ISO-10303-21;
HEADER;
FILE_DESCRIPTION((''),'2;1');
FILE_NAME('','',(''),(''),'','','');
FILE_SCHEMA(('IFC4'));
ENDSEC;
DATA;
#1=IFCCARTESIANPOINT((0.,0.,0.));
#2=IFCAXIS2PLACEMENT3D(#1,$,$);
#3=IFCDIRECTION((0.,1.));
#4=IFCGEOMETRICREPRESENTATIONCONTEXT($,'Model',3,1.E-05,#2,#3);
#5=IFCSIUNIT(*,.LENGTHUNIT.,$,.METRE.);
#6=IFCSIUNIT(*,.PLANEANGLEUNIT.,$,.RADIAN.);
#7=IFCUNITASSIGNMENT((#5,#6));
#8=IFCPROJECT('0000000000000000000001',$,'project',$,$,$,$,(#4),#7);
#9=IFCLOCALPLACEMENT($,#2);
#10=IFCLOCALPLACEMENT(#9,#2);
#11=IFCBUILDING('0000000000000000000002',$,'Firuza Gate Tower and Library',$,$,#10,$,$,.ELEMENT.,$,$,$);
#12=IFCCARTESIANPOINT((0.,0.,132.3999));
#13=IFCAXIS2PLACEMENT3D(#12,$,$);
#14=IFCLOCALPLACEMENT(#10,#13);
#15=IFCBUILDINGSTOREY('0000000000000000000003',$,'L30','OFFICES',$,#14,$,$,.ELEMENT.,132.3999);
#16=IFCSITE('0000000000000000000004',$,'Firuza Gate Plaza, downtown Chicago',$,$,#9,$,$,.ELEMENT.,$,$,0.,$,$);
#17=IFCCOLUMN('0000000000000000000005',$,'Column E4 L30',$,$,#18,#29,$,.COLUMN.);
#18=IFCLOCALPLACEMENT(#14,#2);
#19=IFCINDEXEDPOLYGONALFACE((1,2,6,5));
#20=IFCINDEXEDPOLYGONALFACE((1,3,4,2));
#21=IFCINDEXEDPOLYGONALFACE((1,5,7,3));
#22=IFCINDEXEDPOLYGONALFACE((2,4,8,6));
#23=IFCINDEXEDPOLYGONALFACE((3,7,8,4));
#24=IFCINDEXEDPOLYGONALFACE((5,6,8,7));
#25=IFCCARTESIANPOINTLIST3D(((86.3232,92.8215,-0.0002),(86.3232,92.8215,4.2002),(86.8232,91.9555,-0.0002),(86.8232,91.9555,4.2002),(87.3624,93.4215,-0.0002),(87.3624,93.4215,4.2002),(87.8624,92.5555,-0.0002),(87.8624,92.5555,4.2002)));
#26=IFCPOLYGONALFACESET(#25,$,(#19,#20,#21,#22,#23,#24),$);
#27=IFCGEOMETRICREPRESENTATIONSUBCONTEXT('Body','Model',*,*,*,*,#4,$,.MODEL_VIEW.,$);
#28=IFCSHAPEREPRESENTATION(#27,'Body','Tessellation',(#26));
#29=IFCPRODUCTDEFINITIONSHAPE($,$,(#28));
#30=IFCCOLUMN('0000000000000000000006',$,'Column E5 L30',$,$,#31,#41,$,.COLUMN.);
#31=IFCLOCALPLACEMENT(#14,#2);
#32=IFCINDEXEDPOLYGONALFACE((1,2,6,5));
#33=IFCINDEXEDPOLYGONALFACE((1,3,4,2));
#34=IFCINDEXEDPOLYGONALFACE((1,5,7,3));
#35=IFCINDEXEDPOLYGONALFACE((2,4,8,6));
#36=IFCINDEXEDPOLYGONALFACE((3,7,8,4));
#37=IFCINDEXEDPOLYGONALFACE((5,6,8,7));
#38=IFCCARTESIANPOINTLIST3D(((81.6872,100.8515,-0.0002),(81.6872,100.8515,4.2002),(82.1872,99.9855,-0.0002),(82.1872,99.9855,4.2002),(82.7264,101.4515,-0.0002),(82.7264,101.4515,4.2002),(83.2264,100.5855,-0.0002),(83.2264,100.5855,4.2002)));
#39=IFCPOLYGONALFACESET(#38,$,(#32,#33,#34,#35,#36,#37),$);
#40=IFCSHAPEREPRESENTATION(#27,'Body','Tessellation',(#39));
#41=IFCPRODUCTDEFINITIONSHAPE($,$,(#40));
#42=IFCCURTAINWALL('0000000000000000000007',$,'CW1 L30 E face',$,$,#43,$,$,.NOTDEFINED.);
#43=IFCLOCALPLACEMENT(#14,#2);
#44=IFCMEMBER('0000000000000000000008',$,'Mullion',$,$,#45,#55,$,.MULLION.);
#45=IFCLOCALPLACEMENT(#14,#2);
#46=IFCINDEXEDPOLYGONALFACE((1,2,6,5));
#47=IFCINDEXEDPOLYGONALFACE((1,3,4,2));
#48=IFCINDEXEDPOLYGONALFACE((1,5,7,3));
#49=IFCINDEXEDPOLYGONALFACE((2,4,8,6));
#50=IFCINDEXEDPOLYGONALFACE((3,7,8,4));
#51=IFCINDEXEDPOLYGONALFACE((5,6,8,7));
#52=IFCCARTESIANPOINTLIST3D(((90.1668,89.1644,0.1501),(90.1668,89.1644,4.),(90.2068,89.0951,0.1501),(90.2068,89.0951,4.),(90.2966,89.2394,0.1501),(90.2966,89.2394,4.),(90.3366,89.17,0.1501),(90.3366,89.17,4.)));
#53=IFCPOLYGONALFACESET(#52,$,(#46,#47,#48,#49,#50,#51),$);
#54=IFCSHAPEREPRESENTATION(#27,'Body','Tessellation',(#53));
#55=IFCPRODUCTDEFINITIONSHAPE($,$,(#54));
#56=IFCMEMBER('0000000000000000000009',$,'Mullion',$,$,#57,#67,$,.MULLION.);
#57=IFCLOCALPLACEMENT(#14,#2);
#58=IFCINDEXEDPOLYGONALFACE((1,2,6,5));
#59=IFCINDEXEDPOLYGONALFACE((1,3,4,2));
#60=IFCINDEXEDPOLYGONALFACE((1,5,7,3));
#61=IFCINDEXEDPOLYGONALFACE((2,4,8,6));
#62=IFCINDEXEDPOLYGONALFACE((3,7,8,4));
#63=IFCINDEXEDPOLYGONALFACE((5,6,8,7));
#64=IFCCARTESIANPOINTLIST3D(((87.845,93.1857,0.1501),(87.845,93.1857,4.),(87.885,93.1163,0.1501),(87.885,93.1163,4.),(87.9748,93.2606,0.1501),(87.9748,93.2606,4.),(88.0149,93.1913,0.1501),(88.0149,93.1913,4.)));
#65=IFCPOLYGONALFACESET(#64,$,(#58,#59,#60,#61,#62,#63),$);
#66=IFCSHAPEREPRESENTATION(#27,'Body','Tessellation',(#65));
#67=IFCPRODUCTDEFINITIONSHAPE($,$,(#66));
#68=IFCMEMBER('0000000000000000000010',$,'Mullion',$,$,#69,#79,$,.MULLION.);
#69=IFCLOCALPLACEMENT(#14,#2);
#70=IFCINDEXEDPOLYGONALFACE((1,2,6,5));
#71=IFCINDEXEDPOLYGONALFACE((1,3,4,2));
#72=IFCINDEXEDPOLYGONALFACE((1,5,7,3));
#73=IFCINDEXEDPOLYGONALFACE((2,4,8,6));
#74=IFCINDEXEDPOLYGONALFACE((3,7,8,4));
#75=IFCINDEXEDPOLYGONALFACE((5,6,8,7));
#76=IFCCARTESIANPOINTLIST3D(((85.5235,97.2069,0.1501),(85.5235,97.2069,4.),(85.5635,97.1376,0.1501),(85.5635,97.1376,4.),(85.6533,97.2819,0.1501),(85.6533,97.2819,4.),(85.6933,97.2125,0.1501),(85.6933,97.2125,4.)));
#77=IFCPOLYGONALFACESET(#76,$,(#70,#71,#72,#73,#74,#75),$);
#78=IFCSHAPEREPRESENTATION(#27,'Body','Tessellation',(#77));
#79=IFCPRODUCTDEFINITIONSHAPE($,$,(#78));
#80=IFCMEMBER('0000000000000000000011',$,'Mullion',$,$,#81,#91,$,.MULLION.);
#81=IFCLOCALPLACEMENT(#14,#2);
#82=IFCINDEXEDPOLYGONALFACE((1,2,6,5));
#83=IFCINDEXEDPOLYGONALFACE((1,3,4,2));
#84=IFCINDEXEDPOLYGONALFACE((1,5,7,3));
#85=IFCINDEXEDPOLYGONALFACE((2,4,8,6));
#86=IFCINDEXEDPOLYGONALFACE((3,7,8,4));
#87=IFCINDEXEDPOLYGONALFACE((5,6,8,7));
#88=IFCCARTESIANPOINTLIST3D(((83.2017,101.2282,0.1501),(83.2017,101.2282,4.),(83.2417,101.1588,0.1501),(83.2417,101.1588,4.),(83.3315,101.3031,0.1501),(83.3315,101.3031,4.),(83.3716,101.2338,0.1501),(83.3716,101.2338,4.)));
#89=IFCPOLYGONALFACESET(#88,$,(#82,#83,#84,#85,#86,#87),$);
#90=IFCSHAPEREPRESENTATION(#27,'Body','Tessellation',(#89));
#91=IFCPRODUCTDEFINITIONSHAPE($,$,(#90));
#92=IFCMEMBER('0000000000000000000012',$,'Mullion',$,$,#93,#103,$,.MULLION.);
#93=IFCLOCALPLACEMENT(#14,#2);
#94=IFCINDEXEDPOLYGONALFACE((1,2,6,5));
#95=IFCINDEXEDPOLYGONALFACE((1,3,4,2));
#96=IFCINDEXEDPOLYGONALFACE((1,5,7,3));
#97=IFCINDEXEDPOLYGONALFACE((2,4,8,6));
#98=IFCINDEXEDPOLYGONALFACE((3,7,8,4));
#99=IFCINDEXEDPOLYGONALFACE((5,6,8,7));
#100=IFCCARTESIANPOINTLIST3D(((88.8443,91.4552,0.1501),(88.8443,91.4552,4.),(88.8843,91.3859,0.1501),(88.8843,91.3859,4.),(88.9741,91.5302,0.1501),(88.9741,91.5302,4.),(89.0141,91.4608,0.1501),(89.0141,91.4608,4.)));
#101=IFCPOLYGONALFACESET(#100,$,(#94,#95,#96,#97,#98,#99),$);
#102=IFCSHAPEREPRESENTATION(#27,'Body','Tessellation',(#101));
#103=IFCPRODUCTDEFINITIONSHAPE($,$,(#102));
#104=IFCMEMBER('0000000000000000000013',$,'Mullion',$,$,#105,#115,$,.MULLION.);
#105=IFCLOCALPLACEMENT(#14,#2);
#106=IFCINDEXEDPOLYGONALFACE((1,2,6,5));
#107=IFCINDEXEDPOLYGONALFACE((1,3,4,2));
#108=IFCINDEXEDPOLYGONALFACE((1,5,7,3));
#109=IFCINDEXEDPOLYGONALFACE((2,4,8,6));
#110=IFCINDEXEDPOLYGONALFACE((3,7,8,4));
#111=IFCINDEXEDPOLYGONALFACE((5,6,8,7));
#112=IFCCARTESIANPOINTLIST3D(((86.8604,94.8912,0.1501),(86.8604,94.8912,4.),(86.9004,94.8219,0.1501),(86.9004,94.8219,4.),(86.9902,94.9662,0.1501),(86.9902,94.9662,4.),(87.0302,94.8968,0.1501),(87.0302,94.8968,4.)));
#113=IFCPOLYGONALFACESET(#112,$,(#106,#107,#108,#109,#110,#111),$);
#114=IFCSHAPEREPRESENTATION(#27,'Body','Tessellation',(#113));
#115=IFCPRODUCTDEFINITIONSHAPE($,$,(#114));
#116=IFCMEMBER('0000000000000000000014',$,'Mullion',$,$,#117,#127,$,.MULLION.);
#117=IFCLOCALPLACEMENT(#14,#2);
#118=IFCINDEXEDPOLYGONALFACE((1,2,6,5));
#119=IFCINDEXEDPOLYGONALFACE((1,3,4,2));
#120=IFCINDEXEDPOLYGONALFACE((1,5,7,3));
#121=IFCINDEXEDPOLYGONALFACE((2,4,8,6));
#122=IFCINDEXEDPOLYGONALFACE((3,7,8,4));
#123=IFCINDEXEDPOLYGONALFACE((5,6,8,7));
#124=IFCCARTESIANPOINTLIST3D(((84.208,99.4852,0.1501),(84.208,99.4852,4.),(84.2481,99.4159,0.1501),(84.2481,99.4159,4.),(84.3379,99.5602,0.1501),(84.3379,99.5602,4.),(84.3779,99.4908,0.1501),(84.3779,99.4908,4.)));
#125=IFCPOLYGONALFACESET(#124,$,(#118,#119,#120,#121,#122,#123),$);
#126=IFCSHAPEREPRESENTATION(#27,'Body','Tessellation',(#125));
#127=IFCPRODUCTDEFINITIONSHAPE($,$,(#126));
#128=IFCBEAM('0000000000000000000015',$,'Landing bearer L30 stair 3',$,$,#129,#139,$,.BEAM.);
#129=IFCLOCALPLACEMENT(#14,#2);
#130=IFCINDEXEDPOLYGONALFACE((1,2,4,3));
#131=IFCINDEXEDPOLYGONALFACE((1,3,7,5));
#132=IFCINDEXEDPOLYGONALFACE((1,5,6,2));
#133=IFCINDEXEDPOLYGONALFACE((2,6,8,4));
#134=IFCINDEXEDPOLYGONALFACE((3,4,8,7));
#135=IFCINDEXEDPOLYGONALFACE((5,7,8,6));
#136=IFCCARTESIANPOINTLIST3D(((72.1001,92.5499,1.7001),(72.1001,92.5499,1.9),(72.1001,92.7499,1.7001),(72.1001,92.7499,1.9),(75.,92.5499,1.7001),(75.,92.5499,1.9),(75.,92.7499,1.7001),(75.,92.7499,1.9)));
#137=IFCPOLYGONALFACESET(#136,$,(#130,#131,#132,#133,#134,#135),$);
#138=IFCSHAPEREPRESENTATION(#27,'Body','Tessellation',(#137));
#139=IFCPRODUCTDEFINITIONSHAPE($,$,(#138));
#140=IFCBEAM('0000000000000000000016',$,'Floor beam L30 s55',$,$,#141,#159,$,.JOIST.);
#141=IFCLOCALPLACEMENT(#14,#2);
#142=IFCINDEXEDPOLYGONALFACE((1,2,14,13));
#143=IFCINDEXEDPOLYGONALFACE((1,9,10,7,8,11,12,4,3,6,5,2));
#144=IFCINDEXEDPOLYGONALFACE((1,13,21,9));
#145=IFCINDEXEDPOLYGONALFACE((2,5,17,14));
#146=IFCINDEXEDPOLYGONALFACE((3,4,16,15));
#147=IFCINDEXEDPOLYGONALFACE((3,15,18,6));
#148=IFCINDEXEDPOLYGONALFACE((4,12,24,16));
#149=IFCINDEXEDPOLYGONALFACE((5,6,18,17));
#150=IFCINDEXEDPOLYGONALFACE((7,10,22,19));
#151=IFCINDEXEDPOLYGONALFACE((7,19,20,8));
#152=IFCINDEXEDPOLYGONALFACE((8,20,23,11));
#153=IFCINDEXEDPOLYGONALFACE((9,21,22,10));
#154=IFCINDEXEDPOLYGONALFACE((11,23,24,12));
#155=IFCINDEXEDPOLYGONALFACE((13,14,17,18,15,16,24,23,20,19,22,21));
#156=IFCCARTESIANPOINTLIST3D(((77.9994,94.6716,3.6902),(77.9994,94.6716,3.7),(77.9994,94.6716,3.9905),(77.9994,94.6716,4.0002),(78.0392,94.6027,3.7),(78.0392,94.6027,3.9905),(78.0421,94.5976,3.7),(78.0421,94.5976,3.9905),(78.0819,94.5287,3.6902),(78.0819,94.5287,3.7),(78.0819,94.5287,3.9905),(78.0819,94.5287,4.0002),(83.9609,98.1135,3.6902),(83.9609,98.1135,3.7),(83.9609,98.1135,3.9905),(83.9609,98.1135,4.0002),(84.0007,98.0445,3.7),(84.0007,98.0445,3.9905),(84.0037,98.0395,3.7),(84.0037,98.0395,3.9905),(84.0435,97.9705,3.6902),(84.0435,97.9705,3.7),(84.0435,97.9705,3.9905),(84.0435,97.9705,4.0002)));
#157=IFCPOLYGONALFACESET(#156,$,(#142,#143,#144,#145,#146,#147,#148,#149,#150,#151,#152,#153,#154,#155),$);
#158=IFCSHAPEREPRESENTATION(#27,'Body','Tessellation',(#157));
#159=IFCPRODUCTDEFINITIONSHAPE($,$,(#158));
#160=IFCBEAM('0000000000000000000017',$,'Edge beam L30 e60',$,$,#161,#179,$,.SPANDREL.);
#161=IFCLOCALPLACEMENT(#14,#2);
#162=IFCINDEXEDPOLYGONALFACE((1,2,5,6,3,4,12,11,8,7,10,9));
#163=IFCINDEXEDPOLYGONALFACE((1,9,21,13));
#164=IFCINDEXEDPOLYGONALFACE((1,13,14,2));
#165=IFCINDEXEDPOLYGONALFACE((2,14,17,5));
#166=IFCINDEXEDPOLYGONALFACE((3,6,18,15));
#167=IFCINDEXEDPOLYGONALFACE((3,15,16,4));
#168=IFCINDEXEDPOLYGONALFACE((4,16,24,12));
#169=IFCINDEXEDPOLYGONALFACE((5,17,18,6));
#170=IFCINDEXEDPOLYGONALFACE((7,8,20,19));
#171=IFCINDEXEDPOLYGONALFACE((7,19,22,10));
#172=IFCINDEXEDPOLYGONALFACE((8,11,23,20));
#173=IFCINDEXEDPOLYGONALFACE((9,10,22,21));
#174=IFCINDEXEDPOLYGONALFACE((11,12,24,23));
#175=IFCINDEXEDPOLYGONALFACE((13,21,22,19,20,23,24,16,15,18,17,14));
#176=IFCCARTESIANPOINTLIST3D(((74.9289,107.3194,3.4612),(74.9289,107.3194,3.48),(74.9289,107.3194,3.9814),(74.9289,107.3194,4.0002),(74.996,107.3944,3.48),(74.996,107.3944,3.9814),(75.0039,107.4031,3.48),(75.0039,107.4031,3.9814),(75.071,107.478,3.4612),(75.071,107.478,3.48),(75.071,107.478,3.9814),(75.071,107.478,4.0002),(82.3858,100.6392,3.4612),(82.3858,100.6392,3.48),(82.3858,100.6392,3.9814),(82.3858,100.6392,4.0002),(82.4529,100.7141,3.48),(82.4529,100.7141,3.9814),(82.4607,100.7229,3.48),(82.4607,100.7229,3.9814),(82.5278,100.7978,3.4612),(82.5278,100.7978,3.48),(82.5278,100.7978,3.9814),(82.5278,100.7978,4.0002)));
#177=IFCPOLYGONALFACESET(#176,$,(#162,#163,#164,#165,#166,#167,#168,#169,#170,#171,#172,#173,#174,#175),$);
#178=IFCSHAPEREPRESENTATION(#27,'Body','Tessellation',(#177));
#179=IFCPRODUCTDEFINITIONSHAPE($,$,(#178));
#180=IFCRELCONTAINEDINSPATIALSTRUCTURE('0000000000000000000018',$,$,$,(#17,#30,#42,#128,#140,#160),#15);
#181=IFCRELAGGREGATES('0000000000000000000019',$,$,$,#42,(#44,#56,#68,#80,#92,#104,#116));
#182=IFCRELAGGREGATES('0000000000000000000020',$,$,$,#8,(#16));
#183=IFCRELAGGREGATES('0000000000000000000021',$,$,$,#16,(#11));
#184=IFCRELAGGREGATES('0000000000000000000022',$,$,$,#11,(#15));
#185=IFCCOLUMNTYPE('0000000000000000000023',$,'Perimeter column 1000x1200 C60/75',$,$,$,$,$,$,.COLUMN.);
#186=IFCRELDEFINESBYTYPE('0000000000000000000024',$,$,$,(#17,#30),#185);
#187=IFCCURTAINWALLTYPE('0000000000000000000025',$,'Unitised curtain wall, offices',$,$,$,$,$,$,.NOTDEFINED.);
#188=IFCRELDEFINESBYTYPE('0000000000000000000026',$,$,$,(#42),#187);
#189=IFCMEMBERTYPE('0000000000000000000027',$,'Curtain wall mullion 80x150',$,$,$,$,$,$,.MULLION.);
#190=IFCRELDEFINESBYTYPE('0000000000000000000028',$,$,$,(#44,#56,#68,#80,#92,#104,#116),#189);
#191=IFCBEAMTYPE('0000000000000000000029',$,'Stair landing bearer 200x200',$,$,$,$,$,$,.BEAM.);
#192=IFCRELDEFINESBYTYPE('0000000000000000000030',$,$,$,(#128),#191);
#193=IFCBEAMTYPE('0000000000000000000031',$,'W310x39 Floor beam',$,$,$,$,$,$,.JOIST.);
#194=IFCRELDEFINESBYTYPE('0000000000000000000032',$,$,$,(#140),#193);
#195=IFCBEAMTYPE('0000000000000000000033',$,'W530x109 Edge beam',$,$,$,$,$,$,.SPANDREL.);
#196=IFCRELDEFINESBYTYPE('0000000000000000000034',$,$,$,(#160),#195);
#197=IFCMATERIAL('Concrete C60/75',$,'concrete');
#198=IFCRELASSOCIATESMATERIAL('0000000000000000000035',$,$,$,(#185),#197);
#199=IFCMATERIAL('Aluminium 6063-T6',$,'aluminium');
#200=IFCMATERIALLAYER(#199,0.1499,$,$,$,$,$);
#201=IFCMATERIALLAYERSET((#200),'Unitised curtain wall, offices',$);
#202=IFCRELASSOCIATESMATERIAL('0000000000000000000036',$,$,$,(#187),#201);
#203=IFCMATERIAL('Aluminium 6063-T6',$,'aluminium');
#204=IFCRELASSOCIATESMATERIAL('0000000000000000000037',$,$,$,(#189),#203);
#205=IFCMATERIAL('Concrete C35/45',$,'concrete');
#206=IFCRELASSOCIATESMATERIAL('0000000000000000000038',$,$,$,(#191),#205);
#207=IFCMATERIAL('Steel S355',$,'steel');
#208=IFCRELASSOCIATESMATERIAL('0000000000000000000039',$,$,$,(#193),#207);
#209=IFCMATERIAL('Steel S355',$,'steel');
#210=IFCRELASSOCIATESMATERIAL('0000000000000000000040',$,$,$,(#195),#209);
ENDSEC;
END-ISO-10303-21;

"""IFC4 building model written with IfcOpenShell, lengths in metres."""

from ifc_helpers import new_model, si_unit, direction, frame, origin, origin_2d, place, context, subcontext, project, spatial, rectangle, i_section, extrude, material, layer, layer_set, material_profile, profile_set, type_object, element, aggregate, save


model = new_model("IFC4")

# Units and contexts
model_context = context("Model", 3, precision=1e-05, world=origin(), true_north=direction((0.0, 1.0)))
body_context = subcontext(model_context, "Body", "Model", "MODEL_VIEW")
ifc_project = project(units=[si_unit("LENGTHUNIT", "METRE"), si_unit("PLANEANGLEUNIT", "RADIAN")], contexts=[model_context])

# Site, building, storey
site_placement = place(None, origin())
site = spatial("IfcSite", under=ifc_project, at=site_placement, Name="Firuza Gate Plaza, downtown Chicago", CompositionType="ELEMENT", RefElevation=0.0)
building_placement = place(site_placement, origin())
building = spatial("IfcBuilding", under=site, at=building_placement, Name="Firuza Gate Tower and Library", CompositionType="ELEMENT")
storey_placement = place(building_placement, frame((0.0, 0.0, 132.3999)))
storey = spatial("IfcBuildingStorey", under=building, at=storey_placement, Name="L30", Description="OFFICES", CompositionType="ELEMENT", Elevation=132.3999)

# Columns
ifc_material_1 = material(Name="Concrete C60/75", Category="concrete")
ifc_material_profile_1 = material_profile(ifc_material_1, rectangle(XDim=1.0, YDim=1.2, at=origin_2d()))
ifc_profile_set_1 = profile_set([ifc_material_profile_1], Name="Concrete C60/75")
column_type = type_object("IfcColumnType", Name="Perimeter column 1000x1200 C60/75", PredefinedType="COLUMN", material=ifc_profile_set_1)
for number, where, z_axis, x_axis, name in (
    (1, (87.0928, 92.6885, -0.0002), (0.0, 0.0, 1.0), (-0.5, 0.866025, 0.0), "Column E4 L30"),
    (2, (82.4568, 100.7185, -0.0002), (0.0, 0.0, 1.0), (-0.5, 0.866025, 0.0), "Column E5 L30"),
):
    element("IfcColumn", number, at=place(storey_placement, frame(where, z_axis=z_axis, x_axis=x_axis)), inside=storey, type_object=column_type, Name=name, PredefinedType="COLUMN", context=body_context, shape_type="SweptSolid", body=[
        extrude(rectangle(XDim=1.0, YDim=1.2, at=origin_2d()), origin(), (0.0, 0.0, 1.0), 4.2004),
    ])

# Curtain wall, members
ifc_material_2 = material(Name="Aluminium 6063-T6", Category="aluminium")
ifc_layer_1 = layer(ifc_material_2, 0.1499)
ifc_layer_set_1 = layer_set([ifc_layer_1], Name="Unitised curtain wall, offices")
curtain_wall_type = type_object("IfcCurtainWallType", Name="Unitised curtain wall, offices", PredefinedType="NOTDEFINED", material=ifc_layer_set_1)
curtain_wall_placement = place(storey_placement, origin())
curtain_wall = element("IfcCurtainWall", 3, at=curtain_wall_placement, inside=storey, type_object=curtain_wall_type, Name="CW1 L30 E face", PredefinedType="NOTDEFINED")
ifc_material_3 = material(Name="Aluminium 6063-T6", Category="aluminium")
ifc_material_profile_2 = material_profile(ifc_material_3, rectangle(XDim=0.1499, YDim=0.0801, at=origin_2d()))
ifc_profile_set_2 = profile_set([ifc_material_profile_2], Name="Aluminium 6063-T6")
member_type = type_object("IfcMemberType", Name="Curtain wall mullion 80x150", PredefinedType="MULLION", material=ifc_profile_set_2)
member_1_placement = place(storey_placement, frame((90.2517, 89.1672, 0.1501), z_axis=(0.0, 0.0, 1.0), x_axis=(-0.866025, -0.5, 0.0)))
member_1 = element("IfcMember", 4, at=member_1_placement, type_object=member_type, Name="Mullion", PredefinedType="MULLION", context=body_context, shape_type="SweptSolid", body=[
    extrude(rectangle(XDim=0.1499, YDim=0.0801, at=origin_2d()), origin(), (0.0, 0.0, 1.0), 3.8499),
])
member_2_placement = place(storey_placement, frame((87.9299, 93.1885, 0.1501), z_axis=(0.0, 0.0, 1.0), x_axis=(-0.866025, -0.5, 0.0)))
member_2 = element("IfcMember", 5, at=member_2_placement, type_object=member_type, Name="Mullion", PredefinedType="MULLION", context=body_context, shape_type="SweptSolid", body=[
    extrude(rectangle(XDim=0.1499, YDim=0.0801, at=origin_2d()), origin(), (0.0, 0.0, 1.0), 3.8499),
])
member_3_placement = place(storey_placement, frame((85.6084, 97.2097, 0.1501), z_axis=(0.0, 0.0, 1.0), x_axis=(-0.866025, -0.5, 0.0)))
member_3 = element("IfcMember", 6, at=member_3_placement, type_object=member_type, Name="Mullion", PredefinedType="MULLION", context=body_context, shape_type="SweptSolid", body=[
    extrude(rectangle(XDim=0.1499, YDim=0.0801, at=origin_2d()), origin(), (0.0, 0.0, 1.0), 3.8499),
])
member_4_placement = place(storey_placement, frame((83.2866, 101.231, 0.1501), z_axis=(0.0, 0.0, 1.0), x_axis=(-0.866025, -0.5, 0.0)))
member_4 = element("IfcMember", 7, at=member_4_placement, type_object=member_type, Name="Mullion", PredefinedType="MULLION", context=body_context, shape_type="SweptSolid", body=[
    extrude(rectangle(XDim=0.1499, YDim=0.0801, at=origin_2d()), origin(), (0.0, 0.0, 1.0), 3.8499),
])
member_5_placement = place(storey_placement, frame((88.9292, 91.458, 0.1501), z_axis=(0.0, 0.0, 1.0), x_axis=(-0.866025, -0.5, 0.0)))
member_5 = element("IfcMember", 8, at=member_5_placement, type_object=member_type, Name="Mullion", PredefinedType="MULLION", context=body_context, shape_type="SweptSolid", body=[
    extrude(rectangle(XDim=0.1499, YDim=0.0801, at=origin_2d()), origin(), (0.0, 0.0, 1.0), 3.8499),
])
member_6_placement = place(storey_placement, frame((86.9453, 94.894, 0.1501), z_axis=(0.0, 0.0, 1.0), x_axis=(-0.866025, -0.5, 0.0)))
member_6 = element("IfcMember", 9, at=member_6_placement, type_object=member_type, Name="Mullion", PredefinedType="MULLION", context=body_context, shape_type="SweptSolid", body=[
    extrude(rectangle(XDim=0.1499, YDim=0.0801, at=origin_2d()), origin(), (0.0, 0.0, 1.0), 3.8499),
])
member_7_placement = place(storey_placement, frame((84.293, 99.488, 0.1501), z_axis=(0.0, 0.0, 1.0), x_axis=(-0.866025, -0.5, 0.0)))
member_7 = element("IfcMember", 10, at=member_7_placement, type_object=member_type, Name="Mullion", PredefinedType="MULLION", context=body_context, shape_type="SweptSolid", body=[
    extrude(rectangle(XDim=0.1499, YDim=0.0801, at=origin_2d()), origin(), (0.0, 0.0, 1.0), 3.8499),
])

# Beams
ifc_material_4 = material(Name="Concrete C35/45", Category="concrete")
ifc_material_profile_3 = material_profile(ifc_material_4, rectangle(XDim=0.2, YDim=0.2, at=origin_2d()))
ifc_profile_set_3 = profile_set([ifc_material_profile_3], Name="Concrete C35/45")
beam_type_1 = type_object("IfcBeamType", Name="Stair landing bearer 200x200", PredefinedType="BEAM", material=ifc_profile_set_3)
beam_1_placement = place(storey_placement, frame((75.0, 92.6499, 1.8), z_axis=(-1.0, 0.0, 0.0), x_axis=(0.0, -1.0, 0.0)))
element("IfcBeam", 11, at=beam_1_placement, inside=storey, type_object=beam_type_1, Name="Landing bearer L30 stair 3", PredefinedType="BEAM", context=body_context, shape_type="SweptSolid", body=[
    extrude(rectangle(XDim=0.2, YDim=0.2, at=origin_2d()), origin(), (0.0, 0.0, 1.0), 2.8999),
])
ifc_material_5 = material(Name="Steel S355", Category="steel")
ifc_material_profile_4 = material_profile(ifc_material_5, i_section(OverallWidth=0.165, OverallDepth=0.3101, WebThickness=0.0059, FlangeThickness=0.0098, at=origin_2d()))
ifc_profile_set_4 = profile_set([ifc_material_profile_4], Name="Steel S355")
beam_type_2 = type_object("IfcBeamType", Name="W310x39 Floor beam", PredefinedType="JOIST", material=ifc_profile_set_4)
beam_2_placement = place(storey_placement, frame((84.0022, 98.042, 3.8452), z_axis=(-0.86603, -0.499992, 0.0), x_axis=(0.499992, -0.86603, 0.0)))
element("IfcBeam", 12, at=beam_2_placement, inside=storey, type_object=beam_type_2, Name="Floor beam L30 s55", PredefinedType="JOIST", context=body_context, shape_type="SweptSolid", body=[
    extrude(i_section(OverallWidth=0.165, OverallDepth=0.3101, WebThickness=0.0059, FlangeThickness=0.0098, at=origin_2d()), origin(), (0.0, 0.0, 1.0), 6.8838),
])
ifc_material_6 = material(Name="Steel S355", Category="steel")
ifc_material_profile_5 = material_profile(ifc_material_6, i_section(OverallWidth=0.2129, OverallDepth=0.5391, WebThickness=0.0117, FlangeThickness=0.0188, at=origin_2d()))
ifc_profile_set_5 = profile_set([ifc_material_profile_5], Name="Steel S355")
beam_type_3 = type_object("IfcBeamType", Name="W530x109 Edge beam", PredefinedType="SPANDREL", material=ifc_profile_set_5)
beam_3_placement = place(storey_placement, frame((82.4568, 100.7185, 3.7307), z_axis=(-0.744829, 0.667256, 0.0), x_axis=(-0.667256, -0.744829, 0.0)))
element("IfcBeam", 13, at=beam_3_placement, inside=storey, type_object=beam_type_3, Name="Edge beam L30 e60", PredefinedType="SPANDREL", context=body_context, shape_type="SweptSolid", body=[
    extrude(i_section(OverallWidth=0.2129, OverallDepth=0.5391, WebThickness=0.0117, FlangeThickness=0.0188, at=origin_2d()), origin(), (0.0, 0.0, 1.0), 10.0115),
])

aggregate(curtain_wall, [member_1, member_2, member_3, member_4, member_5, member_6, member_7])

save(model, "model.ifc")
